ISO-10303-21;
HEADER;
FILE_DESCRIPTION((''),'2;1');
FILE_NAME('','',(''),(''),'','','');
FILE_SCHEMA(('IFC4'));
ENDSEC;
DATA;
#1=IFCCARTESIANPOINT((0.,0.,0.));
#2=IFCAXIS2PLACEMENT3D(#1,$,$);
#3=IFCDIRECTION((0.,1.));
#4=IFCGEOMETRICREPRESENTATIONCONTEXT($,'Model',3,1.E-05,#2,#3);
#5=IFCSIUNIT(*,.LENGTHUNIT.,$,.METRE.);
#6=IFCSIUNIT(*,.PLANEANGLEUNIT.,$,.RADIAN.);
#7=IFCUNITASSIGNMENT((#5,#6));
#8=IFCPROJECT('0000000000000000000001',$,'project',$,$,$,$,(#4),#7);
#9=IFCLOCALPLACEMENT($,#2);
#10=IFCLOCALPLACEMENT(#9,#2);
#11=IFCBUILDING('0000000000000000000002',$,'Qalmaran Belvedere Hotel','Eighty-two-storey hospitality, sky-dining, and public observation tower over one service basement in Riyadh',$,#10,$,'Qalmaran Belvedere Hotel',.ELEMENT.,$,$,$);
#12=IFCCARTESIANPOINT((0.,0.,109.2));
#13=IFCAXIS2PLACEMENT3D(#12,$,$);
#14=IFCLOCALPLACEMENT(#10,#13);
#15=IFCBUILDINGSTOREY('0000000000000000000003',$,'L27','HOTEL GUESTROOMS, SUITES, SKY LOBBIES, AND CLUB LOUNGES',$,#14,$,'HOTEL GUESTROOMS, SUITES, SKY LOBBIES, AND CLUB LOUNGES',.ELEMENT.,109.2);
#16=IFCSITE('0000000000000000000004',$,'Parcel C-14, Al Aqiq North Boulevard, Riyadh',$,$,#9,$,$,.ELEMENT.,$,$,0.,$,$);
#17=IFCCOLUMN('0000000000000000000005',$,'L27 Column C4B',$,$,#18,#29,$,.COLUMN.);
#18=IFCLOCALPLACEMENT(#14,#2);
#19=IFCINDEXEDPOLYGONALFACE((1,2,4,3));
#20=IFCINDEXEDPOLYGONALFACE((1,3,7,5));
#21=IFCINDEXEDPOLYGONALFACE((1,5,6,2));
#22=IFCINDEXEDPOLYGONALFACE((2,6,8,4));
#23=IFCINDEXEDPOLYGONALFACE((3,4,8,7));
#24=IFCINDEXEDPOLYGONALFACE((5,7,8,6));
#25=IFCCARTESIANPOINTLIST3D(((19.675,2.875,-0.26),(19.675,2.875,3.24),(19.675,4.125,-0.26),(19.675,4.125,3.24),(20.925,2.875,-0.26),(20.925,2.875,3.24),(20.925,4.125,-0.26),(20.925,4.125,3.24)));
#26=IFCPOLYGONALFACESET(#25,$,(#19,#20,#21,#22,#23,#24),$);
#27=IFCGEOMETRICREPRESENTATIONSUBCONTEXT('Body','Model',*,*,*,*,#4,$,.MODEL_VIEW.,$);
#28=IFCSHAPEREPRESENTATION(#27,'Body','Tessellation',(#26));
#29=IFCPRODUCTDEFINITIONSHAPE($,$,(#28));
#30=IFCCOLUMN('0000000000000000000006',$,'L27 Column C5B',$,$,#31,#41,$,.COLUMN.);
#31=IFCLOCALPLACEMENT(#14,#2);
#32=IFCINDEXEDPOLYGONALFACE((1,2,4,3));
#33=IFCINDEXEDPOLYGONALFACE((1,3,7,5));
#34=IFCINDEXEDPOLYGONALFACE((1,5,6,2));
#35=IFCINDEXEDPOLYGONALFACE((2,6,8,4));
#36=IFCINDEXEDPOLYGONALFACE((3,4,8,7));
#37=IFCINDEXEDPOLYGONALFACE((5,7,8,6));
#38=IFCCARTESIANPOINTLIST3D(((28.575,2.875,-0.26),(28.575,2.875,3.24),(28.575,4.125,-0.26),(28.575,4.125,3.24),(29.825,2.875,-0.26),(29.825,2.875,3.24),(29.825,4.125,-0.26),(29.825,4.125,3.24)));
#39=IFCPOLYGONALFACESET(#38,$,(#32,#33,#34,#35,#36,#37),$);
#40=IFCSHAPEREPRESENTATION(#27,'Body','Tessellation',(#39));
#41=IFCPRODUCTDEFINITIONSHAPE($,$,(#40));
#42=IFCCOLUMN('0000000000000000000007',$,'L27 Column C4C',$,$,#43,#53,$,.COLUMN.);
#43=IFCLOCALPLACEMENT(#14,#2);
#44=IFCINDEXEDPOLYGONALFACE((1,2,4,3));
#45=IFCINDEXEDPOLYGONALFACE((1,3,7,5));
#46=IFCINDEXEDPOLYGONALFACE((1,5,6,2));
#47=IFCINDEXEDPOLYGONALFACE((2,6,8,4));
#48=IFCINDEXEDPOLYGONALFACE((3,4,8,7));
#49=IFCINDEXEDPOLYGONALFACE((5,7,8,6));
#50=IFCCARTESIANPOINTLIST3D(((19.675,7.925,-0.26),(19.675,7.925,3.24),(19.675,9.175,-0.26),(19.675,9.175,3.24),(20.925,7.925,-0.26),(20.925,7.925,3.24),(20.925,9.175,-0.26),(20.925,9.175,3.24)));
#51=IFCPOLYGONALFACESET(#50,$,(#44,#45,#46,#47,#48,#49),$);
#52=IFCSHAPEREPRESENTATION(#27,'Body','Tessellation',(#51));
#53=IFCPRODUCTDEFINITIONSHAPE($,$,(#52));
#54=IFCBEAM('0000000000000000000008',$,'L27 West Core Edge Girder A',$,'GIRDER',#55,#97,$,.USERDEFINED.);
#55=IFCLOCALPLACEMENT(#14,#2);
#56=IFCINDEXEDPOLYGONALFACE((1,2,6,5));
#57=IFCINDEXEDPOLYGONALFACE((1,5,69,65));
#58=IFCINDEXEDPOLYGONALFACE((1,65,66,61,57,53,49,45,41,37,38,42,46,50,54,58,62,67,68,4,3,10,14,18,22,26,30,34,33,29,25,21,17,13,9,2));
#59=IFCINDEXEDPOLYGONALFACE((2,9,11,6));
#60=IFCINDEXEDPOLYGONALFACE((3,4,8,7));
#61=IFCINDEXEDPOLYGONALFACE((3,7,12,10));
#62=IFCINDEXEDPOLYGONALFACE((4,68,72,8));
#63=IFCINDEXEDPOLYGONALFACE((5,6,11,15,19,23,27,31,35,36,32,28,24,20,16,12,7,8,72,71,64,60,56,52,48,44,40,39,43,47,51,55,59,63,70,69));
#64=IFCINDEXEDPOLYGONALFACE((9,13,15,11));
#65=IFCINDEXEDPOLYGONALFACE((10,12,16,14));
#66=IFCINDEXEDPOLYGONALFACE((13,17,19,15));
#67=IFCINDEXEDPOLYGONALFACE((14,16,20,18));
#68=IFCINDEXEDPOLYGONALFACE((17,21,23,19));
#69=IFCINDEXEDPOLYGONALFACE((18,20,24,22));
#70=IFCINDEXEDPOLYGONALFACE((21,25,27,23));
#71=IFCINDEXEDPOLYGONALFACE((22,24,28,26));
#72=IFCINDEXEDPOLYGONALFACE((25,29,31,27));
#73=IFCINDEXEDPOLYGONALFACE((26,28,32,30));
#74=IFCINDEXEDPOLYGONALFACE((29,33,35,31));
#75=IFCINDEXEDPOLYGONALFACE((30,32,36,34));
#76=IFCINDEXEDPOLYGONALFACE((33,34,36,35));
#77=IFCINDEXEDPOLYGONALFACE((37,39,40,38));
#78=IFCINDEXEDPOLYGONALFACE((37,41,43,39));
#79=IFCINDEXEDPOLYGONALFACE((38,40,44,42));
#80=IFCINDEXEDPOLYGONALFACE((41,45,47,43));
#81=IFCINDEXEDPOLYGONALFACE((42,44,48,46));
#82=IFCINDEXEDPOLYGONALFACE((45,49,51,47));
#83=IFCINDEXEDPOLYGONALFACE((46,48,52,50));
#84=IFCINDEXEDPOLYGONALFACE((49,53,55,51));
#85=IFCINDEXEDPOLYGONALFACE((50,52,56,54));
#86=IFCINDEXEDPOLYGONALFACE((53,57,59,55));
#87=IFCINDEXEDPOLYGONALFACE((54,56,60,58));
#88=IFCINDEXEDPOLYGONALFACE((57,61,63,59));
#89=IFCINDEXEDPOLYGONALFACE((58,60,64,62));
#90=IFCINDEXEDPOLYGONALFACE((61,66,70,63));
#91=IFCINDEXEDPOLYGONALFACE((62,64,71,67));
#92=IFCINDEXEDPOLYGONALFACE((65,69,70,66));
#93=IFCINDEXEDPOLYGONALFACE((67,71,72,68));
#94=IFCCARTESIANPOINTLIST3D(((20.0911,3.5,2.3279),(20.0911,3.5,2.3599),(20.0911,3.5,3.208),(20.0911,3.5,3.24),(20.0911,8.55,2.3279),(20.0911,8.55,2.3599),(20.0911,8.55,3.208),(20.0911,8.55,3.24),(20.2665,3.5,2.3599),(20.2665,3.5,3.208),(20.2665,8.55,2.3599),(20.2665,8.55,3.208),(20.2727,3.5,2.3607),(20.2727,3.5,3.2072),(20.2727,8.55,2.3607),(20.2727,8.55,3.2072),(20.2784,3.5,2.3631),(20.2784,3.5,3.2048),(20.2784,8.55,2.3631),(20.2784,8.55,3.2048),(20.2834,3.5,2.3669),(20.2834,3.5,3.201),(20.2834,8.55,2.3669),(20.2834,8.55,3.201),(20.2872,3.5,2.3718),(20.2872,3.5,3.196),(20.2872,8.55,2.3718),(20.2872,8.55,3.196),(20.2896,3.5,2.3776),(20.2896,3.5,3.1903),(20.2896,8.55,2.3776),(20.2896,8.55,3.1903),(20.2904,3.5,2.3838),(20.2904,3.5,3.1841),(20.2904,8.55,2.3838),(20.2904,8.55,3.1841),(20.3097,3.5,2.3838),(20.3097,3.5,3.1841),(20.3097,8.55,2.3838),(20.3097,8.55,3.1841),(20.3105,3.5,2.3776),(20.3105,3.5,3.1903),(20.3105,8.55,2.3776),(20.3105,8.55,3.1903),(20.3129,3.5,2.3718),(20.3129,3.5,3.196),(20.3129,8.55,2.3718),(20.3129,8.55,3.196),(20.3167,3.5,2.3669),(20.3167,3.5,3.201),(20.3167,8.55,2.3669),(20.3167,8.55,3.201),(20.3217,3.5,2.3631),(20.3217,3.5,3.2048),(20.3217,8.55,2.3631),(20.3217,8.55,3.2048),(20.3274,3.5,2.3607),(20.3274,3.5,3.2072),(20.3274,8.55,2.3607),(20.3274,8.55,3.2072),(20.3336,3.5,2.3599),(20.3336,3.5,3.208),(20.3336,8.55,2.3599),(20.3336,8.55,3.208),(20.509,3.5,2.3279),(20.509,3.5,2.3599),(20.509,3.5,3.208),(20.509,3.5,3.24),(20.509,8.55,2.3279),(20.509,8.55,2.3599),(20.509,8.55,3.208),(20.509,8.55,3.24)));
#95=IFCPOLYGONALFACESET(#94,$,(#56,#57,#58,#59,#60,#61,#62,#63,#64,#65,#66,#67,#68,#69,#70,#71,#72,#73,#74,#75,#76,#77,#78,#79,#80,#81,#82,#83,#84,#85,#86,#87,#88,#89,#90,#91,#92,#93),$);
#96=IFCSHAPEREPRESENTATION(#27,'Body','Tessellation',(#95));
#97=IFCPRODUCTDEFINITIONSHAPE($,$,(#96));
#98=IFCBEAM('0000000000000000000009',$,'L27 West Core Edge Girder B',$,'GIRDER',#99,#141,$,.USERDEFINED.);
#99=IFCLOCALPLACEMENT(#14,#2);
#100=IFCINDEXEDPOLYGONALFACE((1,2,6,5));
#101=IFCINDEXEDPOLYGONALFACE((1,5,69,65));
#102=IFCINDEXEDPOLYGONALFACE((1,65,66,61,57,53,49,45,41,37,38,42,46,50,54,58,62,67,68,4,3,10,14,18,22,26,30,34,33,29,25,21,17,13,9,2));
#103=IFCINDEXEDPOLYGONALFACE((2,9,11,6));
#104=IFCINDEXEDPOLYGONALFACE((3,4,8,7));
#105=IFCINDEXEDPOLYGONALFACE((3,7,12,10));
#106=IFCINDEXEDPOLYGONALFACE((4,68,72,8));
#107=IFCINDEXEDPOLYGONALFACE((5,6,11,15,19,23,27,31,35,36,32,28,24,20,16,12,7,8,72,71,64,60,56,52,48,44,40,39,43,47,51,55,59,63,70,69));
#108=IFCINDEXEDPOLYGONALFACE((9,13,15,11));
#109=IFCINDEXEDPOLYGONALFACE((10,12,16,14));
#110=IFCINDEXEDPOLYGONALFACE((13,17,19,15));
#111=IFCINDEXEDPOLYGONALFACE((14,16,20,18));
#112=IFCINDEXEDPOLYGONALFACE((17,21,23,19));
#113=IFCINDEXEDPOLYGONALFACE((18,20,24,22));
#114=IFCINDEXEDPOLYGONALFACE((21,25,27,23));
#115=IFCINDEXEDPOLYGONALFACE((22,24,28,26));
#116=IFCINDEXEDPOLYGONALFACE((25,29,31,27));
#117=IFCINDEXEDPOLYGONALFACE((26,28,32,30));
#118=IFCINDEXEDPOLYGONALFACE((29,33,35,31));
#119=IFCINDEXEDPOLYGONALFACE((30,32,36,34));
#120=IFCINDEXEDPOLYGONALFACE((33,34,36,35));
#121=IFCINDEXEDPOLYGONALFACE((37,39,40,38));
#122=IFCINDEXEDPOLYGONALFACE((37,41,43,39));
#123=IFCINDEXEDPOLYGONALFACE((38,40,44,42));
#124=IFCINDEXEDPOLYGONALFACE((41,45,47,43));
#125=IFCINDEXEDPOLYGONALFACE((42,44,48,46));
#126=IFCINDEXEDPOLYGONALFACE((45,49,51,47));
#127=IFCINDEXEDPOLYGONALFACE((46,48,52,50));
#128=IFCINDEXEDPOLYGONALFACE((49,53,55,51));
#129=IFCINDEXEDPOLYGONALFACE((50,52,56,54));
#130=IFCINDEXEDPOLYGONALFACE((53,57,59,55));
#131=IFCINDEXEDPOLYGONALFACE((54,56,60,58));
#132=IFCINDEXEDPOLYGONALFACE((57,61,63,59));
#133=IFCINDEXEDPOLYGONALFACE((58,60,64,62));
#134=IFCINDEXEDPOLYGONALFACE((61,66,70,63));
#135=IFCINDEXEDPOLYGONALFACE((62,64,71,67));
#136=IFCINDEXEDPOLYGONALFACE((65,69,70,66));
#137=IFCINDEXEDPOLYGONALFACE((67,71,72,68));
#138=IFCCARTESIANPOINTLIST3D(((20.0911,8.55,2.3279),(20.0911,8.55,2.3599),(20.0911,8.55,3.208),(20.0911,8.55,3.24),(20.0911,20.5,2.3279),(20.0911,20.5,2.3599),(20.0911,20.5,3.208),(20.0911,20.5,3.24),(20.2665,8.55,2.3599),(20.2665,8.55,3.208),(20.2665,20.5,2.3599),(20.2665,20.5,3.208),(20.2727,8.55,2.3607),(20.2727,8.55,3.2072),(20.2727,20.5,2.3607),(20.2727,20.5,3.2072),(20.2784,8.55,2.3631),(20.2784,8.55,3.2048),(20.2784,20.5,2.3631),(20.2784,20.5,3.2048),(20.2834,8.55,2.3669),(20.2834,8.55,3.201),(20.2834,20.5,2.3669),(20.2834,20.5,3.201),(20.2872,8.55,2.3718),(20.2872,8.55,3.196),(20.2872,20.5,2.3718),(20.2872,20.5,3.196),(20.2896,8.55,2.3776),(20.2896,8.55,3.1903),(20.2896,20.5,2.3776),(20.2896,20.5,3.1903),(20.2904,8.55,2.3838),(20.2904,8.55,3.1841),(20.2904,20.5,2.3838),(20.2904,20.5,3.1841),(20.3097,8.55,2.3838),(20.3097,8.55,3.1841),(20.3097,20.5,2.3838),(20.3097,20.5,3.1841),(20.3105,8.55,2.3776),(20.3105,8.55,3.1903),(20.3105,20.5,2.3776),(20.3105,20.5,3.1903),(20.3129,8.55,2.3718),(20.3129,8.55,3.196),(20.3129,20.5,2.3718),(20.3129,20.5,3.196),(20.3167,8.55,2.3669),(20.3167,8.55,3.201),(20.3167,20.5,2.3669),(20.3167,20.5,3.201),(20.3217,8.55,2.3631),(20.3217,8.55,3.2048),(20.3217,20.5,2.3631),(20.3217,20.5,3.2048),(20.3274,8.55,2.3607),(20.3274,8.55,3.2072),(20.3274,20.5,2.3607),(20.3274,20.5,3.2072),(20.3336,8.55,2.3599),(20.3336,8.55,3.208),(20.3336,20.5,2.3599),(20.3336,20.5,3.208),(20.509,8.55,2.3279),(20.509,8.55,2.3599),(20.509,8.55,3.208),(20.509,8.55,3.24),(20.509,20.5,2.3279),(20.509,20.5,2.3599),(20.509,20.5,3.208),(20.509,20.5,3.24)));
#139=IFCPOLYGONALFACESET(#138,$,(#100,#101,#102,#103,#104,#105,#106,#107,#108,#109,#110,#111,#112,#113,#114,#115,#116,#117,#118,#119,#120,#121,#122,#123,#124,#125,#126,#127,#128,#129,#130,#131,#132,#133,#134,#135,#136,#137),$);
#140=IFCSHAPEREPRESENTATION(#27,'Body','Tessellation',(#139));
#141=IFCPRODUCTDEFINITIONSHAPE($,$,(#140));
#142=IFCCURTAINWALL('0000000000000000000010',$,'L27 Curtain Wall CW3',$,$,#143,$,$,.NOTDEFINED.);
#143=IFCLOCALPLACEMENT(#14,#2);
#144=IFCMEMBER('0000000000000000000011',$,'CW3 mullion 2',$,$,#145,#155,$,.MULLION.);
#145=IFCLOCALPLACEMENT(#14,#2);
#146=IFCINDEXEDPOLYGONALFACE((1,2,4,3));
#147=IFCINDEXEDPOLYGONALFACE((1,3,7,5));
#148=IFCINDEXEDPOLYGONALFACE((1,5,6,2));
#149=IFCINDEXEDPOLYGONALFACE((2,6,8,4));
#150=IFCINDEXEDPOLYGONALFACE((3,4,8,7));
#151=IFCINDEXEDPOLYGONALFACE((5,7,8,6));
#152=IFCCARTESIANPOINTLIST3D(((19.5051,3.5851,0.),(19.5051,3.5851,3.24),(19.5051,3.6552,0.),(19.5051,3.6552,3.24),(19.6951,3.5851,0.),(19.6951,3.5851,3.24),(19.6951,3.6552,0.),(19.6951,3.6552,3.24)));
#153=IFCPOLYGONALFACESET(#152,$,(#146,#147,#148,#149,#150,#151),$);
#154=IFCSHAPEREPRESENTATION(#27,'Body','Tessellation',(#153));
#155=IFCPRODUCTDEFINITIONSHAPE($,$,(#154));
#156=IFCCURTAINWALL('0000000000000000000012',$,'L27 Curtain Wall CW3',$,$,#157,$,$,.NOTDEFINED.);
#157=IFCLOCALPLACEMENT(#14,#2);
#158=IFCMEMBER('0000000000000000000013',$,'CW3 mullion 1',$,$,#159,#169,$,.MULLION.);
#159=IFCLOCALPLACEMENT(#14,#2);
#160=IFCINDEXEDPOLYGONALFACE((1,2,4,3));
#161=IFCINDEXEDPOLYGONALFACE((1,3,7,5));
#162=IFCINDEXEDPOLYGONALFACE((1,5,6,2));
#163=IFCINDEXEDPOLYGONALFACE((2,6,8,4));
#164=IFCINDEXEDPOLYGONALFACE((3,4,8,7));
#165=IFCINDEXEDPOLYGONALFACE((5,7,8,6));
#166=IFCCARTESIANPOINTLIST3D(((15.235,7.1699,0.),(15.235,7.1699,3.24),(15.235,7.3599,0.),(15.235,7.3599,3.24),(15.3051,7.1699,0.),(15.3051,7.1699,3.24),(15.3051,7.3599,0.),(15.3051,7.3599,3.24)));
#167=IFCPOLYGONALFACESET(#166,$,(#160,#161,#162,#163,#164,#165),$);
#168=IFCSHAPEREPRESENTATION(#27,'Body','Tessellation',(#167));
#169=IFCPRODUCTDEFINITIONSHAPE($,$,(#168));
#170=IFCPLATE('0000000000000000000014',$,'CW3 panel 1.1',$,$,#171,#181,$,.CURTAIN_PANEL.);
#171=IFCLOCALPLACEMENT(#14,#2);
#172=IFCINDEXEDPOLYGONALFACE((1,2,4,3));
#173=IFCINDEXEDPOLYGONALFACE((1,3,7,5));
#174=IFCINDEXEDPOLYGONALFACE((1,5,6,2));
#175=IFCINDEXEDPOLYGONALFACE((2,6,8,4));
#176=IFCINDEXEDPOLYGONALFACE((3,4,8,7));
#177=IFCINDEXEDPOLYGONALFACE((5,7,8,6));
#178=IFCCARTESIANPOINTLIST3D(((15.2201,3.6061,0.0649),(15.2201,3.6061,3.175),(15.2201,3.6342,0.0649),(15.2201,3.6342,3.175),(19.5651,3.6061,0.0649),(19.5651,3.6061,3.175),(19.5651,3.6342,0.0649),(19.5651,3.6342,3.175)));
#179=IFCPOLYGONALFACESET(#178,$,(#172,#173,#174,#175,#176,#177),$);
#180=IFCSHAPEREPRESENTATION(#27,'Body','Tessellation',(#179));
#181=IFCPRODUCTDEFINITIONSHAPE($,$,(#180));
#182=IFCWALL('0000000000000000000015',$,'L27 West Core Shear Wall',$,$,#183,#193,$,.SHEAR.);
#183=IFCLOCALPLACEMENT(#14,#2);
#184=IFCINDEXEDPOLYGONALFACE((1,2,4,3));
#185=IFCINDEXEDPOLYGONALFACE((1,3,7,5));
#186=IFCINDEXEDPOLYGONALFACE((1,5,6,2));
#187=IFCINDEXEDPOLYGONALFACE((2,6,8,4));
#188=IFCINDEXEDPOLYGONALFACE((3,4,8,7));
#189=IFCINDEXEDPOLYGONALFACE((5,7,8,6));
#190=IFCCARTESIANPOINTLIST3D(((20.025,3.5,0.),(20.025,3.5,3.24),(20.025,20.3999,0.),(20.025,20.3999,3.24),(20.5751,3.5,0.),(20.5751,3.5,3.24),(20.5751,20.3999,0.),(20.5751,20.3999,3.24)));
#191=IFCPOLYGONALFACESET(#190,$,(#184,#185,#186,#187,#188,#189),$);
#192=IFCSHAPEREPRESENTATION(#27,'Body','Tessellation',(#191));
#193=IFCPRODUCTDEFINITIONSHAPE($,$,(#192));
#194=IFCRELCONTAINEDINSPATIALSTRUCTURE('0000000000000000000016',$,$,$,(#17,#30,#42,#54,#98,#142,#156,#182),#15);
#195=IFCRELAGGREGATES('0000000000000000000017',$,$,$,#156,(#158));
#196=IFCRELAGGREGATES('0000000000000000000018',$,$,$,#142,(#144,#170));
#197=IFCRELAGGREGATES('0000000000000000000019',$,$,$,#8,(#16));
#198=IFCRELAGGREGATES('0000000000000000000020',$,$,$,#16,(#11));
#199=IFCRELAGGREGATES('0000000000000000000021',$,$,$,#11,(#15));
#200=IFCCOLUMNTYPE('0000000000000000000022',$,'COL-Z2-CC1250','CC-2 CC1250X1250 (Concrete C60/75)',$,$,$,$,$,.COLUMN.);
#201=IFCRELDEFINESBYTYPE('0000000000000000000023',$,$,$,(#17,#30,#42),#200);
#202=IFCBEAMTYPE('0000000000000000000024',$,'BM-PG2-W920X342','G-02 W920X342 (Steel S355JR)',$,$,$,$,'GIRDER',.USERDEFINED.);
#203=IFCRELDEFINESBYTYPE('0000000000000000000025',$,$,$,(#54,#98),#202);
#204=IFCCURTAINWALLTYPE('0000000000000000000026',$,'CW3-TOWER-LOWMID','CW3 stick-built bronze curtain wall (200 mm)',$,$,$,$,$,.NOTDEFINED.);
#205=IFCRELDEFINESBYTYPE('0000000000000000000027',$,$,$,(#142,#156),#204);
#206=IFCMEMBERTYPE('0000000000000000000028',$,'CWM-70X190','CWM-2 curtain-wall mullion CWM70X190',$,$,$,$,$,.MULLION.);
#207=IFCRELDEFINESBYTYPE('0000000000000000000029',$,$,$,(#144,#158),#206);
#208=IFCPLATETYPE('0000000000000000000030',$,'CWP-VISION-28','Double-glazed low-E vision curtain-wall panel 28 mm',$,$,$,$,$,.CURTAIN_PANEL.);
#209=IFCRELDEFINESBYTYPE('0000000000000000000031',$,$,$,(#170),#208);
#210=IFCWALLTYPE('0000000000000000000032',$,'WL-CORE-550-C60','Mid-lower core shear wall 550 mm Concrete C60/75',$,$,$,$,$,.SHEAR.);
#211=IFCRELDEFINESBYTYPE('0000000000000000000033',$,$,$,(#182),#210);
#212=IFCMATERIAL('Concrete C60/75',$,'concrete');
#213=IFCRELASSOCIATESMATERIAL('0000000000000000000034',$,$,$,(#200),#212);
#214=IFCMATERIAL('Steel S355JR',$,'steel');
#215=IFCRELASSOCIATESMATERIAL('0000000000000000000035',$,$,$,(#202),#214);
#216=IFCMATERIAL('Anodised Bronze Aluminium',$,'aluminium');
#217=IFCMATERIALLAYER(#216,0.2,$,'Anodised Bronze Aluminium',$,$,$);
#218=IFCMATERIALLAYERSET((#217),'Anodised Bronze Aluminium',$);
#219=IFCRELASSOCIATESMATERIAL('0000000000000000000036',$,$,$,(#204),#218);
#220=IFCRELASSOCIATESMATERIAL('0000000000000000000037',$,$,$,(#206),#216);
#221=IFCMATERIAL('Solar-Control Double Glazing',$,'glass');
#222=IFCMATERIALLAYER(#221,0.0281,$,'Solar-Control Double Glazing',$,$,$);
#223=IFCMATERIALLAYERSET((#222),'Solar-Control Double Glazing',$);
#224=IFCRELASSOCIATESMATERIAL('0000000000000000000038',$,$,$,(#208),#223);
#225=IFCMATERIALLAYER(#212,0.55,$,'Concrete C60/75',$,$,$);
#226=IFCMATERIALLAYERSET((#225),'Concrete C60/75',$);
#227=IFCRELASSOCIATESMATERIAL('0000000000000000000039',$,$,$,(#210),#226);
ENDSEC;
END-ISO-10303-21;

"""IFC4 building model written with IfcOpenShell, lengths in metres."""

from ifc_helpers import new_model, si_unit, direction, frame, frame_2d, origin, origin_2d, place, context, subcontext, project, spatial, rectangle, i_section, extrude, material, layer, layer_set, material_profile, profile_set, type_object, element, aggregate, save


model = new_model("IFC4")

# Units and contexts
model_context = context("Model", 3, precision=1e-05, world=origin(), true_north=direction((0.0, 1.0)))
body_context = subcontext(model_context, "Body", "Model", "MODEL_VIEW")
ifc_project = project(units=[si_unit("LENGTHUNIT", "METRE"), si_unit("PLANEANGLEUNIT", "RADIAN")], contexts=[model_context])

# Site, building, storey
site_placement = place(None, origin())
site = spatial("IfcSite", under=ifc_project, at=site_placement, Name="Parcel C-14, Al Aqiq North Boulevard, Riyadh", CompositionType="ELEMENT", RefElevation=0.0)
building_placement = place(site_placement, origin())
building = spatial("IfcBuilding", under=site, at=building_placement, Name="Qalmaran Belvedere Hotel", Description="Eighty-two-storey hospitality, sky-dining, and public observation tower over one service basement in Riyadh", LongName="Qalmaran Belvedere Hotel", CompositionType="ELEMENT")
storey_placement = place(building_placement, frame((0.0, 0.0, 109.2)))
storey = spatial("IfcBuildingStorey", under=building, at=storey_placement, Name="L27", Description="HOTEL GUESTROOMS, SUITES, SKY LOBBIES, AND CLUB LOUNGES", LongName="HOTEL GUESTROOMS, SUITES, SKY LOBBIES, AND CLUB LOUNGES", CompositionType="ELEMENT", Elevation=109.2)

# Columns
ifc_material_1 = material(Name="Concrete C60/75", Category="concrete")
ifc_material_profile_1 = material_profile(ifc_material_1, rectangle(XDim=1.25, YDim=1.25, at=origin_2d()), Name="CC1250X1250")
ifc_profile_set_1 = profile_set([ifc_material_profile_1], Name="Concrete C60/75")
column_type = type_object("IfcColumnType", Name="COL-Z2-CC1250", Description="CC-2 CC1250X1250 (Concrete C60/75)", PredefinedType="COLUMN", material=ifc_profile_set_1)
for number, where, z_axis, x_axis, name in (
    (1, (20.3, 3.5, -0.26), (0.0, 0.0, 1.0), (1.0, 0.0, 0.0), "L27 Column C4B"),
    (2, (29.2, 3.5, -0.26), (0.0, 0.0, 1.0), (1.0, 0.0, 0.0), "L27 Column C5B"),
    (3, (20.3, 8.55, -0.26), (0.0, 0.0, 1.0), (1.0, 0.0, 0.0), "L27 Column C4C"),
):
    element("IfcColumn", number, at=place(storey_placement, frame(where, z_axis=z_axis, x_axis=x_axis)), inside=storey, type_object=column_type, Name=name, PredefinedType="COLUMN", context=body_context, shape_type="SweptSolid", body=[
        extrude(rectangle(XDim=1.25, YDim=1.25, at=origin_2d()), origin(), (0.0, 0.0, 1.0), 3.5),
    ])

# Beams
ifc_material_2 = material(Name="Steel S355JR", Category="steel")
ifc_material_profile_2 = material_profile(ifc_material_2, i_section(OverallWidth=0.418, OverallDepth=0.9121, WebThickness=0.0193, FlangeThickness=0.032, FilletRadius=0.0239, at=origin_2d()), Name="W920X342")
ifc_profile_set_2 = profile_set([ifc_material_profile_2], Name="Steel S355JR")
beam_type = type_object("IfcBeamType", Name="BM-PG2-W920X342", Description="G-02 W920X342 (Steel S355JR)", ElementType="GIRDER", PredefinedType="USERDEFINED", material=ifc_profile_set_2)
beam_1_placement = place(storey_placement, frame((20.3, 3.5, 2.7839), z_axis=(0.0, 1.0, 0.0), x_axis=(-1.0, 0.0, 0.0)))
element("IfcBeam", 4, at=beam_1_placement, inside=storey, type_object=beam_type, Name="L27 West Core Edge Girder A", ObjectType="GIRDER", PredefinedType="USERDEFINED", context=body_context, shape_type="SweptSolid", body=[
    extrude(i_section(OverallWidth=0.418, OverallDepth=0.9121, WebThickness=0.0193, FlangeThickness=0.032, FilletRadius=0.0239, at=origin_2d()), origin(), (0.0, 0.0, 1.0), 5.05),
])
beam_2_placement = place(storey_placement, frame((20.3, 8.55, 2.7839), z_axis=(0.0, 1.0, 0.0), x_axis=(-1.0, 0.0, 0.0)))
element("IfcBeam", 5, at=beam_2_placement, inside=storey, type_object=beam_type, Name="L27 West Core Edge Girder B", ObjectType="GIRDER", PredefinedType="USERDEFINED", context=body_context, shape_type="SweptSolid", body=[
    extrude(i_section(OverallWidth=0.418, OverallDepth=0.9121, WebThickness=0.0193, FlangeThickness=0.032, FilletRadius=0.0239, at=origin_2d()), origin(), (0.0, 0.0, 1.0), 11.95),
])

# Curtain walls, members
ifc_material_3 = material(Name="Anodised Bronze Aluminium", Category="aluminium")
ifc_layer_1 = layer(ifc_material_3, 0.2, Name="Anodised Bronze Aluminium")
ifc_layer_set_1 = layer_set([ifc_layer_1], Name="Anodised Bronze Aluminium")
curtain_wall_type = type_object("IfcCurtainWallType", Name="CW3-TOWER-LOWMID", Description="CW3 stick-built bronze curtain wall (200 mm)", PredefinedType="NOTDEFINED", material=ifc_layer_set_1)
curtain_wall_1_placement = place(storey_placement, origin())
curtain_wall_1 = element("IfcCurtainWall", 6, at=curtain_wall_1_placement, inside=storey, type_object=curtain_wall_type, Name="L27 Curtain Wall CW3", PredefinedType="NOTDEFINED")
ifc_material_profile_3 = material_profile(ifc_material_3, rectangle(XDim=0.0701, YDim=0.1899, at=origin_2d()), Name="CWM70X190")
ifc_profile_set_3 = profile_set([ifc_material_profile_3], Name="Anodised Bronze Aluminium")
member_type = type_object("IfcMemberType", Name="CWM-70X190", Description="CWM-2 curtain-wall mullion CWM70X190", PredefinedType="MULLION", material=ifc_profile_set_3)
member_1_placement = place(storey_placement, frame((19.6001, 3.6201, 0.0), z_axis=(0.0, 0.0, 1.0), x_axis=(0.0, 1.0, 0.0)))
member_1 = element("IfcMember", 7, at=member_1_placement, type_object=member_type, Name="CW3 mullion 2", PredefinedType="MULLION", context=body_context, shape_type="SweptSolid", body=[
    extrude(rectangle(XDim=0.0701, YDim=0.1899, at=origin_2d()), origin(), (0.0, 0.0, 1.0), 3.24),
])
curtain_wall_2_placement = place(storey_placement, origin())
curtain_wall_2 = element("IfcCurtainWall", 8, at=curtain_wall_2_placement, inside=storey, type_object=curtain_wall_type, Name="L27 Curtain Wall CW3", PredefinedType="NOTDEFINED")
member_2_placement = place(storey_placement, frame((15.27, 7.2649, 0.0), z_axis=(0.0, 0.0, 1.0), x_axis=(1.0, 0.0, 0.0)))
member_2 = element("IfcMember", 9, at=member_2_placement, type_object=member_type, Name="CW3 mullion 1", PredefinedType="MULLION", context=body_context, shape_type="SweptSolid", body=[
    extrude(rectangle(XDim=0.0701, YDim=0.1899, at=origin_2d()), origin(), (0.0, 0.0, 1.0), 3.24),
])
aggregate(curtain_wall_2, [member_2])

# Plate
ifc_material_4 = material(Name="Solar-Control Double Glazing", Category="glass")
ifc_layer_2 = layer(ifc_material_4, 0.0281, Name="Solar-Control Double Glazing")
ifc_layer_set_2 = layer_set([ifc_layer_2], Name="Solar-Control Double Glazing")
plate_type = type_object("IfcPlateType", Name="CWP-VISION-28", Description="Double-glazed low-E vision curtain-wall panel 28 mm", PredefinedType="CURTAIN_PANEL", material=ifc_layer_set_2)
plate_placement = place(storey_placement, frame((17.3926, 3.6201, 0.0649), z_axis=(0.0, 0.0, 1.0), x_axis=(1.0, 0.0, 0.0)))
plate = element("IfcPlate", 10, at=plate_placement, type_object=plate_type, Name="CW3 panel 1.1", PredefinedType="CURTAIN_PANEL", context=body_context, shape_type="SweptSolid", body=[
    extrude(rectangle(XDim=4.345, YDim=0.0281, at=origin_2d()), origin(), (0.0, 0.0, 1.0), 3.1101),
])
aggregate(curtain_wall_1, [member_1, plate])

# Wall
ifc_layer_3 = layer(ifc_material_1, 0.55, Name="Concrete C60/75")
ifc_layer_set_3 = layer_set([ifc_layer_3], Name="Concrete C60/75")
wall_type_1 = type_object("IfcWallType", Name="WL-CORE-550-C60", Description="Mid-lower core shear wall 550 mm Concrete C60/75", PredefinedType="SHEAR", material=ifc_layer_set_3)
wall_1_placement = place(storey_placement, frame((20.3, 3.5, 0.0), z_axis=(0.0, 0.0, 1.0), x_axis=(0.0, 1.0, 0.0)))
element("IfcWall", 11, at=wall_1_placement, inside=storey, type_object=wall_type_1, Name="L27 West Core Shear Wall", PredefinedType="SHEAR", context=body_context, shape_type="SweptSolid", body=[
    extrude(rectangle(XDim=16.8999, YDim=0.55, at=frame_2d((8.45, 0.0))), origin(), (0.0, 0.0, 1.0), 3.24),
])

save(model, "model.ifc")
